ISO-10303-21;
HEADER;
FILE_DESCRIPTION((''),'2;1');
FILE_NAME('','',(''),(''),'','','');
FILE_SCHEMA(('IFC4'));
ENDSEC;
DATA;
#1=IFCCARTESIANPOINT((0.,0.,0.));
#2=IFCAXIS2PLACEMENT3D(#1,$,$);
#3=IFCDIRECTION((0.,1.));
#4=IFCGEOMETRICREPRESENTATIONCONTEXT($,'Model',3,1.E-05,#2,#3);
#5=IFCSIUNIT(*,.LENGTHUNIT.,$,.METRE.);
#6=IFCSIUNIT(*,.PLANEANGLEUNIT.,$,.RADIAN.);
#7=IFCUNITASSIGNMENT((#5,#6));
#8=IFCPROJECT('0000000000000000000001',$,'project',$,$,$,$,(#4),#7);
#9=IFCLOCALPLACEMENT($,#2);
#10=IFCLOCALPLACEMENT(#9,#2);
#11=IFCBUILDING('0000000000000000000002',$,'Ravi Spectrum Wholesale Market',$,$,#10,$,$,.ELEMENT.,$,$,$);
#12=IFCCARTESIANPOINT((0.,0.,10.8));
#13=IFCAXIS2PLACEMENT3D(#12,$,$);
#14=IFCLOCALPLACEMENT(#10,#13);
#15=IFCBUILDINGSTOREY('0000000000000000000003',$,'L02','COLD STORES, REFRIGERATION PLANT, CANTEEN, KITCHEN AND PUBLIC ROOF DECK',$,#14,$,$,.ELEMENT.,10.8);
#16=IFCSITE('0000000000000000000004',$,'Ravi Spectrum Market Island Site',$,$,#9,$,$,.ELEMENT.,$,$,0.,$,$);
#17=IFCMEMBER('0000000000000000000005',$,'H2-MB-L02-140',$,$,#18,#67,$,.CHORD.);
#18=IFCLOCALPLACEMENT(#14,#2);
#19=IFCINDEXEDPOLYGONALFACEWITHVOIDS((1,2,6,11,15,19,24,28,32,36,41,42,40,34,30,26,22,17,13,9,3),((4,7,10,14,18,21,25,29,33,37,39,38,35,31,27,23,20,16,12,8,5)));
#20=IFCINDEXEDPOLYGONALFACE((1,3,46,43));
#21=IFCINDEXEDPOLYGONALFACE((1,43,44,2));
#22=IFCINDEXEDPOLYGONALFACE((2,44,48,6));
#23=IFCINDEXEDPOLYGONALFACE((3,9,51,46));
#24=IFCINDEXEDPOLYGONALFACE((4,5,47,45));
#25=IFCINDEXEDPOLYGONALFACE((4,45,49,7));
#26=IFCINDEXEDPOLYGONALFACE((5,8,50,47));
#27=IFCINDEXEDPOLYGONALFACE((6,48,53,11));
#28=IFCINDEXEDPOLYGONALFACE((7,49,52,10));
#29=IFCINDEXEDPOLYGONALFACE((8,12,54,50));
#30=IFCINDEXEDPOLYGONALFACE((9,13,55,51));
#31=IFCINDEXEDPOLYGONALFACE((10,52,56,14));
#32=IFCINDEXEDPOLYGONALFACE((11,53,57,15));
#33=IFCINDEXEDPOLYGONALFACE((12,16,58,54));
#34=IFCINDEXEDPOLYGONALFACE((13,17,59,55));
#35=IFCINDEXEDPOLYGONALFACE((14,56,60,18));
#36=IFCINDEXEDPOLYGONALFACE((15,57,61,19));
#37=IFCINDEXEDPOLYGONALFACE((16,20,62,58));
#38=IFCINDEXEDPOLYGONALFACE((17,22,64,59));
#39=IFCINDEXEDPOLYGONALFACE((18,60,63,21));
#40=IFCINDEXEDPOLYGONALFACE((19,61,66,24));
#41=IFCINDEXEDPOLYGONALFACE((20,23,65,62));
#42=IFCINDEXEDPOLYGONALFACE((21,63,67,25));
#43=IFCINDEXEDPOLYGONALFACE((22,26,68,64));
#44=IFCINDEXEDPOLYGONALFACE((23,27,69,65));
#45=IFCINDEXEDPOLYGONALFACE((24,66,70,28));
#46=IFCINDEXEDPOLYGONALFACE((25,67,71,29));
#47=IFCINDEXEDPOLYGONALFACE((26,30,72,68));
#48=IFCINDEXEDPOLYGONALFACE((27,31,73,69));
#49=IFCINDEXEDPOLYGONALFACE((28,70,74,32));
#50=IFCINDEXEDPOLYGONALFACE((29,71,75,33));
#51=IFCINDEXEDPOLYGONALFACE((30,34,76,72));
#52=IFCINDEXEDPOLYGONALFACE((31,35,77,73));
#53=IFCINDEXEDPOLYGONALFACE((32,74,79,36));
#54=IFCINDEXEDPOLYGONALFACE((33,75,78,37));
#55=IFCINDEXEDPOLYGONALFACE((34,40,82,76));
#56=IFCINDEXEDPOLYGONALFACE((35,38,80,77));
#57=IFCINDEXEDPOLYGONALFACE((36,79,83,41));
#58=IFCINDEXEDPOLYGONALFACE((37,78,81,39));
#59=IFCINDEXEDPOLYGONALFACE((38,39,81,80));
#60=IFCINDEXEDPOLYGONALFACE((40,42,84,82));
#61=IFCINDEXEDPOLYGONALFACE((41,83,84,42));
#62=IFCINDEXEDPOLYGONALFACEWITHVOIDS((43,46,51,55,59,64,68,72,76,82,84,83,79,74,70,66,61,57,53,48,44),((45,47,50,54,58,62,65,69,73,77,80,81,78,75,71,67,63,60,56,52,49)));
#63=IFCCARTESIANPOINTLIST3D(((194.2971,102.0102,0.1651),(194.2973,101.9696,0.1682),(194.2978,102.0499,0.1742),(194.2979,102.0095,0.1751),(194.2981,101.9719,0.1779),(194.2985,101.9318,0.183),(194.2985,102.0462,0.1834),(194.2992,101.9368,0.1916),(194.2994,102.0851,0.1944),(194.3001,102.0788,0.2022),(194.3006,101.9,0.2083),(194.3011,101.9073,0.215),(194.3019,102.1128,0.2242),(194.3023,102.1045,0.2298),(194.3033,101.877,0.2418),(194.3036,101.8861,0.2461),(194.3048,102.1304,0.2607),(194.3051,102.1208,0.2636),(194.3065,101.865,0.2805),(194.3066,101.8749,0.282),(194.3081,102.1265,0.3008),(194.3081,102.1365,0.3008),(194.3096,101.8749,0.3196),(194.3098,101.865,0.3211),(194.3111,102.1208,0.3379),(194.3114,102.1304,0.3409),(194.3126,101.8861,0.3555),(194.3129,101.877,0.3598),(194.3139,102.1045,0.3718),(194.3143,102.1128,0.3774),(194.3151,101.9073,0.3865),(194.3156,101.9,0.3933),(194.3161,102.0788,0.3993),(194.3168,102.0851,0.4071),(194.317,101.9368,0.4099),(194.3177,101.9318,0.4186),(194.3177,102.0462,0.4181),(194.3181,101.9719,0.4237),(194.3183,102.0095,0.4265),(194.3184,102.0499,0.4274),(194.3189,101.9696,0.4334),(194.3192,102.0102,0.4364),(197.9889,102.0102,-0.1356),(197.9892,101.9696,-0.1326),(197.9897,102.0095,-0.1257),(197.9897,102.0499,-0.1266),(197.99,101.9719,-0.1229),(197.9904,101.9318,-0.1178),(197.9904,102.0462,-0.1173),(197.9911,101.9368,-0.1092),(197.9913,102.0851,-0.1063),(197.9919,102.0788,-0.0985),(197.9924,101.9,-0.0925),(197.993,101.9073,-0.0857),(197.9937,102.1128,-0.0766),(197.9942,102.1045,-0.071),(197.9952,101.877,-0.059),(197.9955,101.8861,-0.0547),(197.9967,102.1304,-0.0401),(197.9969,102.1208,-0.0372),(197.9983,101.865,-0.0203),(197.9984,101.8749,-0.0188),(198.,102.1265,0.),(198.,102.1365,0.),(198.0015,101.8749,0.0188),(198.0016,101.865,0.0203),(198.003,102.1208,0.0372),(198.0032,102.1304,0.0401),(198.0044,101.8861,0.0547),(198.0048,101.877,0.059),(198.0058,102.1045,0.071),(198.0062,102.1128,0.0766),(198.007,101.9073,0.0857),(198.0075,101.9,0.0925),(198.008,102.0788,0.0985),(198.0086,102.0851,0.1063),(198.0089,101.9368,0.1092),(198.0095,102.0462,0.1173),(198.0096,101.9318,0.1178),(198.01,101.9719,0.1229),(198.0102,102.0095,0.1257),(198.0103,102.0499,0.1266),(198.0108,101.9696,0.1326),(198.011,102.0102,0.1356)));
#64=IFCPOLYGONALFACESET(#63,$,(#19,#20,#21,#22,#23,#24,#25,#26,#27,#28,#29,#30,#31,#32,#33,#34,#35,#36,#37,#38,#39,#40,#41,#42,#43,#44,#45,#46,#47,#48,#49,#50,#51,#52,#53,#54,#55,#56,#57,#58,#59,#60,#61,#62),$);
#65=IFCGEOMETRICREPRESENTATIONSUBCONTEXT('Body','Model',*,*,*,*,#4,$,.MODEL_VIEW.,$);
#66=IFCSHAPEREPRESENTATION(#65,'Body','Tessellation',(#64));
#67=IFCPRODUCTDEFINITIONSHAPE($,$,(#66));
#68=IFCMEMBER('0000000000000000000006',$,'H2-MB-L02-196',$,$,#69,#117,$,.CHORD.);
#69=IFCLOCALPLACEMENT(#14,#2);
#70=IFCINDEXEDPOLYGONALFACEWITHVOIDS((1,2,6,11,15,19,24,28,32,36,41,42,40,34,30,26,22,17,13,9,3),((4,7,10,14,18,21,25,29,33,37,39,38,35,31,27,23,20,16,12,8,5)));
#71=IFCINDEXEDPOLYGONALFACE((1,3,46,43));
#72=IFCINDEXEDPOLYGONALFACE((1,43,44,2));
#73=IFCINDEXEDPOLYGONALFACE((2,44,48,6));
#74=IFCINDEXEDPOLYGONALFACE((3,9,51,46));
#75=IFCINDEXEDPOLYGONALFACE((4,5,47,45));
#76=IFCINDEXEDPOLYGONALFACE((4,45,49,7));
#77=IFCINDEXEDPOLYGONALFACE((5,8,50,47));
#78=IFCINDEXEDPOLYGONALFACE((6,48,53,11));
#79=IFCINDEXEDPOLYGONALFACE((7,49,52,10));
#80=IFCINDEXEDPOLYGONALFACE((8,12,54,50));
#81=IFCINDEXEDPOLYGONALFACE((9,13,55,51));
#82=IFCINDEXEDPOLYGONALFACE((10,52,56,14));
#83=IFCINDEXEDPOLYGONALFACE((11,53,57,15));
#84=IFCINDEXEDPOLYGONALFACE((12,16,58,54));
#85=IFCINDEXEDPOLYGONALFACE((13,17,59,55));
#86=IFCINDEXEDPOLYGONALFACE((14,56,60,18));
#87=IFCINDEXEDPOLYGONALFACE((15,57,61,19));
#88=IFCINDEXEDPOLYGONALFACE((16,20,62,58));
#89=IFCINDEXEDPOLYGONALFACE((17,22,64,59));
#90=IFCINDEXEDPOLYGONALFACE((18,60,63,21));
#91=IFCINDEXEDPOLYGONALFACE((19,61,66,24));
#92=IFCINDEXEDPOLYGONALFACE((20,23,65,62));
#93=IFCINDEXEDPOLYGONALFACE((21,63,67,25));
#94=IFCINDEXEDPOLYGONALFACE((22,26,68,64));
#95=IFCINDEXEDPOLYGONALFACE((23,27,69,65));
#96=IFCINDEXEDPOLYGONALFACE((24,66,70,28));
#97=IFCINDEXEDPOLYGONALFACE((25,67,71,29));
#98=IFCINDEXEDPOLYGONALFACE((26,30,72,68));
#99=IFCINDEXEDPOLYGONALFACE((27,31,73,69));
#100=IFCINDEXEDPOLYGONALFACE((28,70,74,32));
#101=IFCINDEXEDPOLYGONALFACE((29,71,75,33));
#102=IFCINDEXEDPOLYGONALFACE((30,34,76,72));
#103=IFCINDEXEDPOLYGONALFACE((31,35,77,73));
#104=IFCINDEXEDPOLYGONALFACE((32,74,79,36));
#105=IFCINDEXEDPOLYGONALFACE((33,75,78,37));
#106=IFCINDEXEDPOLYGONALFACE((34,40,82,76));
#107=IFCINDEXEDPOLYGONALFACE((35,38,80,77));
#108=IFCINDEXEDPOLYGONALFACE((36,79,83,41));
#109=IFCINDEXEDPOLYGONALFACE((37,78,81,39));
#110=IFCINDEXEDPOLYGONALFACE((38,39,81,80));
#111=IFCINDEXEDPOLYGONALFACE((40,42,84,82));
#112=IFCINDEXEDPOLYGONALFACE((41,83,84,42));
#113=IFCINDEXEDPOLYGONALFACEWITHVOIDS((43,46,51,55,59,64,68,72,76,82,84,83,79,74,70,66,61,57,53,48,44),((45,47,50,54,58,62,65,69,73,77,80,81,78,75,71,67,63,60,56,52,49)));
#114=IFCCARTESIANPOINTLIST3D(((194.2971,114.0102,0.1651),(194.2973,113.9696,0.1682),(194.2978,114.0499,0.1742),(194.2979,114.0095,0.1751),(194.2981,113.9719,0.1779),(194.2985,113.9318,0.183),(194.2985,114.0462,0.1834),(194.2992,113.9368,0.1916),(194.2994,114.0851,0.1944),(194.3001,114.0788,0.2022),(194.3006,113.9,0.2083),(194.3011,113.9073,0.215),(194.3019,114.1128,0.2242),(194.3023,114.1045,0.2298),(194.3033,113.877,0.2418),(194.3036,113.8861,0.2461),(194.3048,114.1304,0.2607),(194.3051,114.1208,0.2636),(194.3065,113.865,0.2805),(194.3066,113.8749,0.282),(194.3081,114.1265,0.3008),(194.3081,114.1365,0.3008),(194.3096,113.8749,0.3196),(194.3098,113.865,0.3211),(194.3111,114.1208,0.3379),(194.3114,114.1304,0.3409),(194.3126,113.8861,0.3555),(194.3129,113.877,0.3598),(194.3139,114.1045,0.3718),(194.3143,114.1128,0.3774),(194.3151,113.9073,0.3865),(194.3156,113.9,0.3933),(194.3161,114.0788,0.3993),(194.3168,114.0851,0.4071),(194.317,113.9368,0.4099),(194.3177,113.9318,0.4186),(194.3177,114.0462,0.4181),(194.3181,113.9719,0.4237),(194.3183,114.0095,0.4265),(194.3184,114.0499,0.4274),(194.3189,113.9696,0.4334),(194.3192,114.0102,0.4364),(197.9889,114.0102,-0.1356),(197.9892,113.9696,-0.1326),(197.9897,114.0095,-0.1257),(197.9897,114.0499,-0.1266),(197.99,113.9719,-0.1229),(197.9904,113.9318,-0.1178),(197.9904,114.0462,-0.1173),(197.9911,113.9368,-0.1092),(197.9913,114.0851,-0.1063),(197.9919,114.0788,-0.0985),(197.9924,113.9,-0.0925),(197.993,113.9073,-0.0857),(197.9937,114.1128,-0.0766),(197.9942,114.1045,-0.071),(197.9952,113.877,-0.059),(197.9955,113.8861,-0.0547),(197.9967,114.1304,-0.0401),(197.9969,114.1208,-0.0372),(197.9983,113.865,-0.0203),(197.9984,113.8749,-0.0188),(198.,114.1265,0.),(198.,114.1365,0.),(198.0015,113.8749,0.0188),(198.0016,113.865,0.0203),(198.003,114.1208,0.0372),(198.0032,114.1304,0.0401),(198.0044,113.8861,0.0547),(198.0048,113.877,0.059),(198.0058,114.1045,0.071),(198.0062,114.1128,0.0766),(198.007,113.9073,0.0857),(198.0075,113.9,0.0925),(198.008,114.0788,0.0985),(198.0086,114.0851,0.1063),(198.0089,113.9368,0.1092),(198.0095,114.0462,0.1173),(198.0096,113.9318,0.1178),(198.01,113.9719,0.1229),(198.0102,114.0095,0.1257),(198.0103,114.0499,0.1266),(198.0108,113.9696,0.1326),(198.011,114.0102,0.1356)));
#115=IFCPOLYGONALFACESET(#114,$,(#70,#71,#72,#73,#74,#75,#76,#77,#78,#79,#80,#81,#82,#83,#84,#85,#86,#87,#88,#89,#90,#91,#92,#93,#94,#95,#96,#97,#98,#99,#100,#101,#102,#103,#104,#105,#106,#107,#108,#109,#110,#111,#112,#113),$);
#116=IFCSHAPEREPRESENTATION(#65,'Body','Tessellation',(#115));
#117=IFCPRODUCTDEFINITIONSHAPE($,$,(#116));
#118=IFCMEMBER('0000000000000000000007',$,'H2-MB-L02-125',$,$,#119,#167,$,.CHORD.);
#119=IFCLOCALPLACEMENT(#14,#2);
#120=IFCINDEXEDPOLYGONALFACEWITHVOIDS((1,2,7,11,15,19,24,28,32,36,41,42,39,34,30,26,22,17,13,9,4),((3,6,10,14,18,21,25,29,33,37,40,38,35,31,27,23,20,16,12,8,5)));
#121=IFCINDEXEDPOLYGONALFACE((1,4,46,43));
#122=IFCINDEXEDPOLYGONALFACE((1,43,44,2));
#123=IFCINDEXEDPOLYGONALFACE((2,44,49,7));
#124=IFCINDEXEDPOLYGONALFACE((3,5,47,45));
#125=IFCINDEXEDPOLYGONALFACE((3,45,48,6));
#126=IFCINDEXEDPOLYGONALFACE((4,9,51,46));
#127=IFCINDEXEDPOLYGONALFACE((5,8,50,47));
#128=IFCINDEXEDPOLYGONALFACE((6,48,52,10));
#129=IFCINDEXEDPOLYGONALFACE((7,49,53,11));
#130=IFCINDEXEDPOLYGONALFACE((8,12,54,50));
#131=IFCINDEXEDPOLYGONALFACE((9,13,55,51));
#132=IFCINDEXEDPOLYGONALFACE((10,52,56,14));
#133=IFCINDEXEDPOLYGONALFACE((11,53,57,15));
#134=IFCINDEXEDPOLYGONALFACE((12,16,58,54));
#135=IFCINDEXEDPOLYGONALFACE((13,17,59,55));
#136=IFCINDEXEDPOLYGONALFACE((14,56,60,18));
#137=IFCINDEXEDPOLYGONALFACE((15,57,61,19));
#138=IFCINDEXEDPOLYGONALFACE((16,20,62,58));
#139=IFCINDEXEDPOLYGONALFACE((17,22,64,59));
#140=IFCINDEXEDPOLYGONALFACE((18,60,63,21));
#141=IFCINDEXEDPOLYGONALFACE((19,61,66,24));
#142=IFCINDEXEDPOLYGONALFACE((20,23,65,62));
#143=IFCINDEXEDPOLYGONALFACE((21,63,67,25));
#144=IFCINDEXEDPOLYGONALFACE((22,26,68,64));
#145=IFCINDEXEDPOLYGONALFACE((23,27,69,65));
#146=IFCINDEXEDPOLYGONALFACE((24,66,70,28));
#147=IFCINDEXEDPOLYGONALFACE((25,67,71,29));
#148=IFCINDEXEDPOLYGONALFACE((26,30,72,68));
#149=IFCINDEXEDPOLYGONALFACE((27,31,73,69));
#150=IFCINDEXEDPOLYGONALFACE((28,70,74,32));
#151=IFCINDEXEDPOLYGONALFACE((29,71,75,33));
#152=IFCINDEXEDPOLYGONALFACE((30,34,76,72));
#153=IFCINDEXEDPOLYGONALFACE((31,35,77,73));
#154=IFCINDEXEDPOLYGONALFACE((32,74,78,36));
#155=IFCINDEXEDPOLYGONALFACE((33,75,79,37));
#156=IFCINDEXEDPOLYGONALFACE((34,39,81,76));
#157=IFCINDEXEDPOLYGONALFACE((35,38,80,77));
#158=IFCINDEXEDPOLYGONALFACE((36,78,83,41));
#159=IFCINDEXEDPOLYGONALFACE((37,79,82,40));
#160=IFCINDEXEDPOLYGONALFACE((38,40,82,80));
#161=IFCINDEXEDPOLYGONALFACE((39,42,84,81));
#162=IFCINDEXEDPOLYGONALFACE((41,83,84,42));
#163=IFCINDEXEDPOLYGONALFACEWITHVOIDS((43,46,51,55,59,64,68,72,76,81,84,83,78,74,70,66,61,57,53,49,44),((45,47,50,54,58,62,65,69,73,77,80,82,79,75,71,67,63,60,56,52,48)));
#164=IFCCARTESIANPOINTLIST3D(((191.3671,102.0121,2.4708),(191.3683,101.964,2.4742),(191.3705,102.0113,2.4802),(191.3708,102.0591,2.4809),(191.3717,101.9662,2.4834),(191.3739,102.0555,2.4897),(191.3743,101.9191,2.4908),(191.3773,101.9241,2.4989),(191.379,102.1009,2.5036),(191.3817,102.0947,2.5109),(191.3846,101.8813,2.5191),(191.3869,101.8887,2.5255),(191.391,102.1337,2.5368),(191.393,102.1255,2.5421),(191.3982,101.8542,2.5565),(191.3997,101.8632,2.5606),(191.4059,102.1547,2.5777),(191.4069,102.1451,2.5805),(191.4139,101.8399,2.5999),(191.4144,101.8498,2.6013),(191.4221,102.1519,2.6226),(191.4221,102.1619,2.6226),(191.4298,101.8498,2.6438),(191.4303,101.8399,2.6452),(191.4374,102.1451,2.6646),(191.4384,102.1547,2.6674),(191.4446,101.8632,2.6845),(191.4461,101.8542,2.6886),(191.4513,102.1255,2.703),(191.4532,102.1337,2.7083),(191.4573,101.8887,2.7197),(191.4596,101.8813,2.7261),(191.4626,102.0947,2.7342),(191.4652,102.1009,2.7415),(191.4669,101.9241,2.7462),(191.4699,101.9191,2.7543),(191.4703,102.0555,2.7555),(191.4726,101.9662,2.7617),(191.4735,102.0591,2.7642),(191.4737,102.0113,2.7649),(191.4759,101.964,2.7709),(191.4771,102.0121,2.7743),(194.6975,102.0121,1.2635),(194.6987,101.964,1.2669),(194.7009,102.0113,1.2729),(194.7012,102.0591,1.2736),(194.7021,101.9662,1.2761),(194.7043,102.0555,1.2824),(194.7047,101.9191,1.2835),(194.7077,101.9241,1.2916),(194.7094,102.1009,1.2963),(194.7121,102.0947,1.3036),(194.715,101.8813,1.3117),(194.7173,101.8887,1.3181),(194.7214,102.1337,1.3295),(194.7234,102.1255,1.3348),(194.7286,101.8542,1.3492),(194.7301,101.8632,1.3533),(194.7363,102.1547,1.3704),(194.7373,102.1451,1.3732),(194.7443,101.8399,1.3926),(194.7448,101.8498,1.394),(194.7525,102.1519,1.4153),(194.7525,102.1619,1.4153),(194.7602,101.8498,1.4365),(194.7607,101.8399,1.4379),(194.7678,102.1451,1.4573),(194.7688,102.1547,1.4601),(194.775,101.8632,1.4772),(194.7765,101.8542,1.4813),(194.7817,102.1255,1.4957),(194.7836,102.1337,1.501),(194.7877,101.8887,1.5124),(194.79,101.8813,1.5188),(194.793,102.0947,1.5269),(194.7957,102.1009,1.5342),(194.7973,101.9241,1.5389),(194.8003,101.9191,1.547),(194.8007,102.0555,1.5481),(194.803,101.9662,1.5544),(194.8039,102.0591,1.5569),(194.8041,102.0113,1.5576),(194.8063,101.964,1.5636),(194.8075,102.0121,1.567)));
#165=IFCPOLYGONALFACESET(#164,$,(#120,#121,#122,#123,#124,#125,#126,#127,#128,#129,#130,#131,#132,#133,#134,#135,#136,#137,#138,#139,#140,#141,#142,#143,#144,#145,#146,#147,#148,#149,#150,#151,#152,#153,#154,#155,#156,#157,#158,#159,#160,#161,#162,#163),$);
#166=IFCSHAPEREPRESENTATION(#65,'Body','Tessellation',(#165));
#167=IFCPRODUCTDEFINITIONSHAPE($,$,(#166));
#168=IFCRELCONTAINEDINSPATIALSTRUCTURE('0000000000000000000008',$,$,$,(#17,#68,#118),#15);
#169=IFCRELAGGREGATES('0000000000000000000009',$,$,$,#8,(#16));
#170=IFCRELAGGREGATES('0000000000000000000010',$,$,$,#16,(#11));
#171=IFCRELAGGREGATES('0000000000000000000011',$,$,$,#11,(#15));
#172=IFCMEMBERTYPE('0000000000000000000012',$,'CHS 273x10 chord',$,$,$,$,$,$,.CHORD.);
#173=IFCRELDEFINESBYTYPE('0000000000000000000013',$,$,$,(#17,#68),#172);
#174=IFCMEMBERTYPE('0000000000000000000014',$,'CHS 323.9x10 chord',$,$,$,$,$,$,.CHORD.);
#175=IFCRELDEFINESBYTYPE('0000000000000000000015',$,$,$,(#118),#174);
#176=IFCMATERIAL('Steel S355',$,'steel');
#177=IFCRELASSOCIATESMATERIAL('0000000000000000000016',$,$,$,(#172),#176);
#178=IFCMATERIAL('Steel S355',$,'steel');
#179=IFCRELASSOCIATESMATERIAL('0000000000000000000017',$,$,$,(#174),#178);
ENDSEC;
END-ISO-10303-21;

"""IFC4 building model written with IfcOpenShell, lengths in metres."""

from ifc_helpers import new_model, si_unit, direction, frame, origin, origin_2d, place, context, subcontext, project, spatial, hollow_circle, extrude, material, material_profile, profile_set, type_object, element, save


model = new_model("IFC4")

# Units and contexts
model_context = context("Model", 3, precision=1e-05, world=origin(), true_north=direction((0.0, 1.0)))
body_context = subcontext(model_context, "Body", "Model", "MODEL_VIEW")
ifc_project = project(units=[si_unit("LENGTHUNIT", "METRE"), si_unit("PLANEANGLEUNIT", "RADIAN")], contexts=[model_context])

# Site, building, storey
site_placement = place(None, origin())
site = spatial("IfcSite", under=ifc_project, at=site_placement, Name="Ravi Spectrum Market Island Site", CompositionType="ELEMENT", RefElevation=0.0)
building_placement = place(site_placement, origin())
building = spatial("IfcBuilding", under=site, at=building_placement, Name="Ravi Spectrum Wholesale Market", CompositionType="ELEMENT")
storey_placement = place(building_placement, frame((0.0, 0.0, 10.8)))
storey = spatial("IfcBuildingStorey", under=building, at=storey_placement, Name="L02", Description="COLD STORES, REFRIGERATION PLANT, CANTEEN, KITCHEN AND PUBLIC ROOF DECK", CompositionType="ELEMENT", Elevation=10.8)

# Members
ifc_material_1 = material(Name="Steel S355", Category="steel")
ifc_material_profile_1 = material_profile(ifc_material_1, hollow_circle(Radius=0.1365, WallThickness=0.01, at=origin_2d()))
ifc_profile_set_1 = profile_set([ifc_material_profile_1], Name="Steel S355")
member_type_1 = type_object("IfcMemberType", Name="CHS 273x10 chord", PredefinedType="CHORD", material=ifc_profile_set_1)
for number, where, z_axis, x_axis, name in (
    (1, (194.3081, 102.0, 0.3008), (0.996698, 0.0, -0.081202), (0.0, 1.0, 0.0), "H2-MB-L02-140"),
    (2, (194.3081, 114.0, 0.3008), (0.996698, 0.0, -0.081202), (0.0, 1.0, 0.0), "H2-MB-L02-196"),
):
    element("IfcMember", number, at=place(storey_placement, frame(where, z_axis=z_axis, x_axis=x_axis)), inside=storey, type_object=member_type_1, Name=name, PredefinedType="CHORD", context=body_context, shape_type="SweptSolid", body=[
        extrude(hollow_circle(Radius=0.1365, WallThickness=0.01, at=origin_2d()), origin(), (0.0, 0.0, 1.0), 3.7041),
    ])
ifc_material_2 = material(Name="Steel S355", Category="steel")
ifc_material_profile_2 = material_profile(ifc_material_2, hollow_circle(Radius=0.1619, WallThickness=0.01, at=origin_2d()))
ifc_profile_set_2 = profile_set([ifc_material_profile_2], Name="Steel S355")
member_type_2 = type_object("IfcMemberType", Name="CHS 323.9x10 chord", PredefinedType="CHORD", material=ifc_profile_set_2)
for number, where, z_axis, x_axis, name in (
    (3, (191.4221, 102.0, 2.6226), (0.940133, 0.0, -0.340808), (0.0, 1.0, 0.0), "H2-MB-L02-125"),
):
    element("IfcMember", number, at=place(storey_placement, frame(where, z_axis=z_axis, x_axis=x_axis)), inside=storey, type_object=member_type_2, Name=name, PredefinedType="CHORD", context=body_context, shape_type="SweptSolid", body=[
        extrude(hollow_circle(Radius=0.1619, WallThickness=0.01, at=origin_2d()), origin(), (0.0, 0.0, 1.0), 3.5425),
    ])

save(model, "model.ifc")
